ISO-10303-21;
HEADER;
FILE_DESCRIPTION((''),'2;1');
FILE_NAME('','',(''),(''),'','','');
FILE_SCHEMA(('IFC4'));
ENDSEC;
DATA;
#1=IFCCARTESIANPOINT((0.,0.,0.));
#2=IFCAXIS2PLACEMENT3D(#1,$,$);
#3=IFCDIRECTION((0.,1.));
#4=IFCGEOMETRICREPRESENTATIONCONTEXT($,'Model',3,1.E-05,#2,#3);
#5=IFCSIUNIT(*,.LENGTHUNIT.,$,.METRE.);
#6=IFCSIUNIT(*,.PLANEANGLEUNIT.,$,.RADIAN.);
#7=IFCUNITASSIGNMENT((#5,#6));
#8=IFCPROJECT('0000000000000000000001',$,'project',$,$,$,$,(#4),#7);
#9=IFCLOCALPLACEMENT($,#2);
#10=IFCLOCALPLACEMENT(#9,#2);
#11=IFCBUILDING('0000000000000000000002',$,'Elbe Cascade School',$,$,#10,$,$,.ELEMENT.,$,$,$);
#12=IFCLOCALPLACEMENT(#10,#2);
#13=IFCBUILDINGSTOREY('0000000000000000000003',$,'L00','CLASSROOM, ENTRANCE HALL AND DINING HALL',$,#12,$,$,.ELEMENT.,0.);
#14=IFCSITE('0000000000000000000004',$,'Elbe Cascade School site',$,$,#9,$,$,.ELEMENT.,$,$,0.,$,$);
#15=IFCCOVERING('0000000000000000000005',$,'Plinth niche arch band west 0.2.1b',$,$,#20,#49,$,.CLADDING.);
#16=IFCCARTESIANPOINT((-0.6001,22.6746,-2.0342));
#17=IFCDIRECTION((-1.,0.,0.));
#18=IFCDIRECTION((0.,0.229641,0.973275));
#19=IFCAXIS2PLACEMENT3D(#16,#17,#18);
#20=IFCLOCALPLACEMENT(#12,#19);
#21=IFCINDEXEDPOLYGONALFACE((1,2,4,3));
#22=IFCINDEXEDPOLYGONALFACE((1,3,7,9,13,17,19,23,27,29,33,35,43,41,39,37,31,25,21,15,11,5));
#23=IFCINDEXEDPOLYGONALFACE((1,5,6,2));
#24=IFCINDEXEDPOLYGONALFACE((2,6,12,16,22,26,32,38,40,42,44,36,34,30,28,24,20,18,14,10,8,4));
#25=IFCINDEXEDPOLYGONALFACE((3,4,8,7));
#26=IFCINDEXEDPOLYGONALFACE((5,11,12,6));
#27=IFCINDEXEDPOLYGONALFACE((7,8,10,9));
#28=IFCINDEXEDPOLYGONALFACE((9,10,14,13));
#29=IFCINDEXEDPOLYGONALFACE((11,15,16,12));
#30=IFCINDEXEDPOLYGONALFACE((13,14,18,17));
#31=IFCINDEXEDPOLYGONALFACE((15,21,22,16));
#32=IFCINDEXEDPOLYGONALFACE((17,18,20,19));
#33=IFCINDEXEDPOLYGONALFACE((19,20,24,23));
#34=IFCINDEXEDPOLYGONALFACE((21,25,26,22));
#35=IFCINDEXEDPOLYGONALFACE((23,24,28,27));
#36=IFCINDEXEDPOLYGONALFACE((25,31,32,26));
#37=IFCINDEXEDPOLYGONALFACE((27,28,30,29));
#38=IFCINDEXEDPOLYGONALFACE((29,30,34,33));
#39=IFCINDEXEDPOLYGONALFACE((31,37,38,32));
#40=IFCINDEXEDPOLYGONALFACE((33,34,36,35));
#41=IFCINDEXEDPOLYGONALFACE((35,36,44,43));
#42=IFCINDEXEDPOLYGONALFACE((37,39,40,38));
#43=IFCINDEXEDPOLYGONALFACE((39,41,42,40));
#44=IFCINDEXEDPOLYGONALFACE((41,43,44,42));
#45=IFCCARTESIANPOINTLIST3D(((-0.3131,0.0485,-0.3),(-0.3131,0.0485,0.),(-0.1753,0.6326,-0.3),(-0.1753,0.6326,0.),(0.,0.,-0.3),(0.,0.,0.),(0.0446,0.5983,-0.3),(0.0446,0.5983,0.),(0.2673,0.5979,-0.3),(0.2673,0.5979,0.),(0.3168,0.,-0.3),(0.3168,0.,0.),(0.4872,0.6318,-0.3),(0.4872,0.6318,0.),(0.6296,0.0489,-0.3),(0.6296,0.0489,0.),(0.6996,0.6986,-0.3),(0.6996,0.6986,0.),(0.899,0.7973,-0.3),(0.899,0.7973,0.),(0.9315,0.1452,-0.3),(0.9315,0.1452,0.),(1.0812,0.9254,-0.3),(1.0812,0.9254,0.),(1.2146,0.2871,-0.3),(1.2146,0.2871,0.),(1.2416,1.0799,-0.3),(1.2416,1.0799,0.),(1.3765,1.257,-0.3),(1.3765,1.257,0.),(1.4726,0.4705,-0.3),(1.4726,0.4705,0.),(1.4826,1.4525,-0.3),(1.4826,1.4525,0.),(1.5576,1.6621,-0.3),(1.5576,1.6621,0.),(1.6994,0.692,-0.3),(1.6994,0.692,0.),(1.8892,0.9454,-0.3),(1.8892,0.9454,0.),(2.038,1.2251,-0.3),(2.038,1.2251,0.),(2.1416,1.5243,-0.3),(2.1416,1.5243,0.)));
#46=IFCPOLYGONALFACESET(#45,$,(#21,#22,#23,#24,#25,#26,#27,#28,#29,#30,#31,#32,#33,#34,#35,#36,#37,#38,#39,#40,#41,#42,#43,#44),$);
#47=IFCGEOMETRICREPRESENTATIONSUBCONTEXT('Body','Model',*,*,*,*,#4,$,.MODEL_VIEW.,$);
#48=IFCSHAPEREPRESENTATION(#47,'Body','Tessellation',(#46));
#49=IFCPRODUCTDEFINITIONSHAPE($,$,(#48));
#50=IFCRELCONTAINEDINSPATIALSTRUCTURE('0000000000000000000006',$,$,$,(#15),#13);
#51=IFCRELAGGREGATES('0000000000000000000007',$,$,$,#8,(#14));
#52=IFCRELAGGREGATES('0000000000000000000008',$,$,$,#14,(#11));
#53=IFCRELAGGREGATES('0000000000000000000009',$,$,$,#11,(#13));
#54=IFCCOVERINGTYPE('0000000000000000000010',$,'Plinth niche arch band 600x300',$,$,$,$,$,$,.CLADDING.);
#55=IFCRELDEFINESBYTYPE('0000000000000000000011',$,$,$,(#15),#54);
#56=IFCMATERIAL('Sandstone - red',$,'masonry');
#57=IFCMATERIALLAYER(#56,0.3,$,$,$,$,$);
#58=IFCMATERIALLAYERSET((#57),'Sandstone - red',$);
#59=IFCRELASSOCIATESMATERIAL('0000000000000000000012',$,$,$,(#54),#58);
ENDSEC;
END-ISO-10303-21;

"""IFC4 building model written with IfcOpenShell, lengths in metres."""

from ifc_helpers import new_model, si_unit, direction, frame, origin, place, context, subcontext, project, spatial, polyline, outline, extrude, material, layer, layer_set, type_object, element, save


model = new_model("IFC4")

# Units and contexts
model_context = context("Model", 3, precision=1e-05, world=origin(), true_north=direction((0.0, 1.0)))
body_context = subcontext(model_context, "Body", "Model", "MODEL_VIEW")
ifc_project = project(units=[si_unit("LENGTHUNIT", "METRE"), si_unit("PLANEANGLEUNIT", "RADIAN")], contexts=[model_context])

# Site, building, storey
site_placement = place(None, origin())
site = spatial("IfcSite", under=ifc_project, at=site_placement, Name="Elbe Cascade School site", CompositionType="ELEMENT", RefElevation=0.0)
building_placement = place(site_placement, origin())
building = spatial("IfcBuilding", under=site, at=building_placement, Name="Elbe Cascade School", CompositionType="ELEMENT")
storey_placement = place(building_placement, origin())
storey = spatial("IfcBuildingStorey", under=building, at=storey_placement, Name="L00", Description="CLASSROOM, ENTRANCE HALL AND DINING HALL", CompositionType="ELEMENT", Elevation=0.0)

# Covering
ifc_material_1 = material(Name="Sandstone - red", Category="masonry")
ifc_layer_1 = layer(ifc_material_1, 0.3)
ifc_layer_set_1 = layer_set([ifc_layer_1], Name="Sandstone - red")
covering_type = type_object("IfcCoveringType", Name="Plinth niche arch band 600x300", PredefinedType="CLADDING", material=ifc_layer_set_1)
covering_1_placement = place(storey_placement, frame((-0.6001, 22.6746, -2.0342), z_axis=(-1.0, 0.0, 0.0), x_axis=(0.0, 0.229641, 0.973275)))
element("IfcCovering", 1, at=covering_1_placement, inside=storey, type_object=covering_type, Name="Plinth niche arch band west 0.2.1b", PredefinedType="CLADDING", context=body_context, shape_type="SweptSolid", body=[
    extrude(outline(polyline([(0.0, 0.0), (0.3168, 0.0), (0.6296, 0.0489), (0.9315, 0.1452), (1.2146, 0.2871), (1.4726, 0.4705), (1.6994, 0.692), (1.8892, 0.9454), (2.038, 1.2251), (2.1416, 1.5243), (1.5576, 1.6621), (1.4826, 1.4525), (1.3765, 1.257), (1.2416, 1.0799), (1.0812, 0.9254), (0.899, 0.7973), (0.6996, 0.6986), (0.4872, 0.6318), (0.2673, 0.5979), (0.0446, 0.5983), (-0.1753, 0.6326), (-0.3131, 0.0485), (0.0, 0.0)])), origin(), (0.0, 0.0, -1.0), 0.3),
])

save(model, "model.ifc")
